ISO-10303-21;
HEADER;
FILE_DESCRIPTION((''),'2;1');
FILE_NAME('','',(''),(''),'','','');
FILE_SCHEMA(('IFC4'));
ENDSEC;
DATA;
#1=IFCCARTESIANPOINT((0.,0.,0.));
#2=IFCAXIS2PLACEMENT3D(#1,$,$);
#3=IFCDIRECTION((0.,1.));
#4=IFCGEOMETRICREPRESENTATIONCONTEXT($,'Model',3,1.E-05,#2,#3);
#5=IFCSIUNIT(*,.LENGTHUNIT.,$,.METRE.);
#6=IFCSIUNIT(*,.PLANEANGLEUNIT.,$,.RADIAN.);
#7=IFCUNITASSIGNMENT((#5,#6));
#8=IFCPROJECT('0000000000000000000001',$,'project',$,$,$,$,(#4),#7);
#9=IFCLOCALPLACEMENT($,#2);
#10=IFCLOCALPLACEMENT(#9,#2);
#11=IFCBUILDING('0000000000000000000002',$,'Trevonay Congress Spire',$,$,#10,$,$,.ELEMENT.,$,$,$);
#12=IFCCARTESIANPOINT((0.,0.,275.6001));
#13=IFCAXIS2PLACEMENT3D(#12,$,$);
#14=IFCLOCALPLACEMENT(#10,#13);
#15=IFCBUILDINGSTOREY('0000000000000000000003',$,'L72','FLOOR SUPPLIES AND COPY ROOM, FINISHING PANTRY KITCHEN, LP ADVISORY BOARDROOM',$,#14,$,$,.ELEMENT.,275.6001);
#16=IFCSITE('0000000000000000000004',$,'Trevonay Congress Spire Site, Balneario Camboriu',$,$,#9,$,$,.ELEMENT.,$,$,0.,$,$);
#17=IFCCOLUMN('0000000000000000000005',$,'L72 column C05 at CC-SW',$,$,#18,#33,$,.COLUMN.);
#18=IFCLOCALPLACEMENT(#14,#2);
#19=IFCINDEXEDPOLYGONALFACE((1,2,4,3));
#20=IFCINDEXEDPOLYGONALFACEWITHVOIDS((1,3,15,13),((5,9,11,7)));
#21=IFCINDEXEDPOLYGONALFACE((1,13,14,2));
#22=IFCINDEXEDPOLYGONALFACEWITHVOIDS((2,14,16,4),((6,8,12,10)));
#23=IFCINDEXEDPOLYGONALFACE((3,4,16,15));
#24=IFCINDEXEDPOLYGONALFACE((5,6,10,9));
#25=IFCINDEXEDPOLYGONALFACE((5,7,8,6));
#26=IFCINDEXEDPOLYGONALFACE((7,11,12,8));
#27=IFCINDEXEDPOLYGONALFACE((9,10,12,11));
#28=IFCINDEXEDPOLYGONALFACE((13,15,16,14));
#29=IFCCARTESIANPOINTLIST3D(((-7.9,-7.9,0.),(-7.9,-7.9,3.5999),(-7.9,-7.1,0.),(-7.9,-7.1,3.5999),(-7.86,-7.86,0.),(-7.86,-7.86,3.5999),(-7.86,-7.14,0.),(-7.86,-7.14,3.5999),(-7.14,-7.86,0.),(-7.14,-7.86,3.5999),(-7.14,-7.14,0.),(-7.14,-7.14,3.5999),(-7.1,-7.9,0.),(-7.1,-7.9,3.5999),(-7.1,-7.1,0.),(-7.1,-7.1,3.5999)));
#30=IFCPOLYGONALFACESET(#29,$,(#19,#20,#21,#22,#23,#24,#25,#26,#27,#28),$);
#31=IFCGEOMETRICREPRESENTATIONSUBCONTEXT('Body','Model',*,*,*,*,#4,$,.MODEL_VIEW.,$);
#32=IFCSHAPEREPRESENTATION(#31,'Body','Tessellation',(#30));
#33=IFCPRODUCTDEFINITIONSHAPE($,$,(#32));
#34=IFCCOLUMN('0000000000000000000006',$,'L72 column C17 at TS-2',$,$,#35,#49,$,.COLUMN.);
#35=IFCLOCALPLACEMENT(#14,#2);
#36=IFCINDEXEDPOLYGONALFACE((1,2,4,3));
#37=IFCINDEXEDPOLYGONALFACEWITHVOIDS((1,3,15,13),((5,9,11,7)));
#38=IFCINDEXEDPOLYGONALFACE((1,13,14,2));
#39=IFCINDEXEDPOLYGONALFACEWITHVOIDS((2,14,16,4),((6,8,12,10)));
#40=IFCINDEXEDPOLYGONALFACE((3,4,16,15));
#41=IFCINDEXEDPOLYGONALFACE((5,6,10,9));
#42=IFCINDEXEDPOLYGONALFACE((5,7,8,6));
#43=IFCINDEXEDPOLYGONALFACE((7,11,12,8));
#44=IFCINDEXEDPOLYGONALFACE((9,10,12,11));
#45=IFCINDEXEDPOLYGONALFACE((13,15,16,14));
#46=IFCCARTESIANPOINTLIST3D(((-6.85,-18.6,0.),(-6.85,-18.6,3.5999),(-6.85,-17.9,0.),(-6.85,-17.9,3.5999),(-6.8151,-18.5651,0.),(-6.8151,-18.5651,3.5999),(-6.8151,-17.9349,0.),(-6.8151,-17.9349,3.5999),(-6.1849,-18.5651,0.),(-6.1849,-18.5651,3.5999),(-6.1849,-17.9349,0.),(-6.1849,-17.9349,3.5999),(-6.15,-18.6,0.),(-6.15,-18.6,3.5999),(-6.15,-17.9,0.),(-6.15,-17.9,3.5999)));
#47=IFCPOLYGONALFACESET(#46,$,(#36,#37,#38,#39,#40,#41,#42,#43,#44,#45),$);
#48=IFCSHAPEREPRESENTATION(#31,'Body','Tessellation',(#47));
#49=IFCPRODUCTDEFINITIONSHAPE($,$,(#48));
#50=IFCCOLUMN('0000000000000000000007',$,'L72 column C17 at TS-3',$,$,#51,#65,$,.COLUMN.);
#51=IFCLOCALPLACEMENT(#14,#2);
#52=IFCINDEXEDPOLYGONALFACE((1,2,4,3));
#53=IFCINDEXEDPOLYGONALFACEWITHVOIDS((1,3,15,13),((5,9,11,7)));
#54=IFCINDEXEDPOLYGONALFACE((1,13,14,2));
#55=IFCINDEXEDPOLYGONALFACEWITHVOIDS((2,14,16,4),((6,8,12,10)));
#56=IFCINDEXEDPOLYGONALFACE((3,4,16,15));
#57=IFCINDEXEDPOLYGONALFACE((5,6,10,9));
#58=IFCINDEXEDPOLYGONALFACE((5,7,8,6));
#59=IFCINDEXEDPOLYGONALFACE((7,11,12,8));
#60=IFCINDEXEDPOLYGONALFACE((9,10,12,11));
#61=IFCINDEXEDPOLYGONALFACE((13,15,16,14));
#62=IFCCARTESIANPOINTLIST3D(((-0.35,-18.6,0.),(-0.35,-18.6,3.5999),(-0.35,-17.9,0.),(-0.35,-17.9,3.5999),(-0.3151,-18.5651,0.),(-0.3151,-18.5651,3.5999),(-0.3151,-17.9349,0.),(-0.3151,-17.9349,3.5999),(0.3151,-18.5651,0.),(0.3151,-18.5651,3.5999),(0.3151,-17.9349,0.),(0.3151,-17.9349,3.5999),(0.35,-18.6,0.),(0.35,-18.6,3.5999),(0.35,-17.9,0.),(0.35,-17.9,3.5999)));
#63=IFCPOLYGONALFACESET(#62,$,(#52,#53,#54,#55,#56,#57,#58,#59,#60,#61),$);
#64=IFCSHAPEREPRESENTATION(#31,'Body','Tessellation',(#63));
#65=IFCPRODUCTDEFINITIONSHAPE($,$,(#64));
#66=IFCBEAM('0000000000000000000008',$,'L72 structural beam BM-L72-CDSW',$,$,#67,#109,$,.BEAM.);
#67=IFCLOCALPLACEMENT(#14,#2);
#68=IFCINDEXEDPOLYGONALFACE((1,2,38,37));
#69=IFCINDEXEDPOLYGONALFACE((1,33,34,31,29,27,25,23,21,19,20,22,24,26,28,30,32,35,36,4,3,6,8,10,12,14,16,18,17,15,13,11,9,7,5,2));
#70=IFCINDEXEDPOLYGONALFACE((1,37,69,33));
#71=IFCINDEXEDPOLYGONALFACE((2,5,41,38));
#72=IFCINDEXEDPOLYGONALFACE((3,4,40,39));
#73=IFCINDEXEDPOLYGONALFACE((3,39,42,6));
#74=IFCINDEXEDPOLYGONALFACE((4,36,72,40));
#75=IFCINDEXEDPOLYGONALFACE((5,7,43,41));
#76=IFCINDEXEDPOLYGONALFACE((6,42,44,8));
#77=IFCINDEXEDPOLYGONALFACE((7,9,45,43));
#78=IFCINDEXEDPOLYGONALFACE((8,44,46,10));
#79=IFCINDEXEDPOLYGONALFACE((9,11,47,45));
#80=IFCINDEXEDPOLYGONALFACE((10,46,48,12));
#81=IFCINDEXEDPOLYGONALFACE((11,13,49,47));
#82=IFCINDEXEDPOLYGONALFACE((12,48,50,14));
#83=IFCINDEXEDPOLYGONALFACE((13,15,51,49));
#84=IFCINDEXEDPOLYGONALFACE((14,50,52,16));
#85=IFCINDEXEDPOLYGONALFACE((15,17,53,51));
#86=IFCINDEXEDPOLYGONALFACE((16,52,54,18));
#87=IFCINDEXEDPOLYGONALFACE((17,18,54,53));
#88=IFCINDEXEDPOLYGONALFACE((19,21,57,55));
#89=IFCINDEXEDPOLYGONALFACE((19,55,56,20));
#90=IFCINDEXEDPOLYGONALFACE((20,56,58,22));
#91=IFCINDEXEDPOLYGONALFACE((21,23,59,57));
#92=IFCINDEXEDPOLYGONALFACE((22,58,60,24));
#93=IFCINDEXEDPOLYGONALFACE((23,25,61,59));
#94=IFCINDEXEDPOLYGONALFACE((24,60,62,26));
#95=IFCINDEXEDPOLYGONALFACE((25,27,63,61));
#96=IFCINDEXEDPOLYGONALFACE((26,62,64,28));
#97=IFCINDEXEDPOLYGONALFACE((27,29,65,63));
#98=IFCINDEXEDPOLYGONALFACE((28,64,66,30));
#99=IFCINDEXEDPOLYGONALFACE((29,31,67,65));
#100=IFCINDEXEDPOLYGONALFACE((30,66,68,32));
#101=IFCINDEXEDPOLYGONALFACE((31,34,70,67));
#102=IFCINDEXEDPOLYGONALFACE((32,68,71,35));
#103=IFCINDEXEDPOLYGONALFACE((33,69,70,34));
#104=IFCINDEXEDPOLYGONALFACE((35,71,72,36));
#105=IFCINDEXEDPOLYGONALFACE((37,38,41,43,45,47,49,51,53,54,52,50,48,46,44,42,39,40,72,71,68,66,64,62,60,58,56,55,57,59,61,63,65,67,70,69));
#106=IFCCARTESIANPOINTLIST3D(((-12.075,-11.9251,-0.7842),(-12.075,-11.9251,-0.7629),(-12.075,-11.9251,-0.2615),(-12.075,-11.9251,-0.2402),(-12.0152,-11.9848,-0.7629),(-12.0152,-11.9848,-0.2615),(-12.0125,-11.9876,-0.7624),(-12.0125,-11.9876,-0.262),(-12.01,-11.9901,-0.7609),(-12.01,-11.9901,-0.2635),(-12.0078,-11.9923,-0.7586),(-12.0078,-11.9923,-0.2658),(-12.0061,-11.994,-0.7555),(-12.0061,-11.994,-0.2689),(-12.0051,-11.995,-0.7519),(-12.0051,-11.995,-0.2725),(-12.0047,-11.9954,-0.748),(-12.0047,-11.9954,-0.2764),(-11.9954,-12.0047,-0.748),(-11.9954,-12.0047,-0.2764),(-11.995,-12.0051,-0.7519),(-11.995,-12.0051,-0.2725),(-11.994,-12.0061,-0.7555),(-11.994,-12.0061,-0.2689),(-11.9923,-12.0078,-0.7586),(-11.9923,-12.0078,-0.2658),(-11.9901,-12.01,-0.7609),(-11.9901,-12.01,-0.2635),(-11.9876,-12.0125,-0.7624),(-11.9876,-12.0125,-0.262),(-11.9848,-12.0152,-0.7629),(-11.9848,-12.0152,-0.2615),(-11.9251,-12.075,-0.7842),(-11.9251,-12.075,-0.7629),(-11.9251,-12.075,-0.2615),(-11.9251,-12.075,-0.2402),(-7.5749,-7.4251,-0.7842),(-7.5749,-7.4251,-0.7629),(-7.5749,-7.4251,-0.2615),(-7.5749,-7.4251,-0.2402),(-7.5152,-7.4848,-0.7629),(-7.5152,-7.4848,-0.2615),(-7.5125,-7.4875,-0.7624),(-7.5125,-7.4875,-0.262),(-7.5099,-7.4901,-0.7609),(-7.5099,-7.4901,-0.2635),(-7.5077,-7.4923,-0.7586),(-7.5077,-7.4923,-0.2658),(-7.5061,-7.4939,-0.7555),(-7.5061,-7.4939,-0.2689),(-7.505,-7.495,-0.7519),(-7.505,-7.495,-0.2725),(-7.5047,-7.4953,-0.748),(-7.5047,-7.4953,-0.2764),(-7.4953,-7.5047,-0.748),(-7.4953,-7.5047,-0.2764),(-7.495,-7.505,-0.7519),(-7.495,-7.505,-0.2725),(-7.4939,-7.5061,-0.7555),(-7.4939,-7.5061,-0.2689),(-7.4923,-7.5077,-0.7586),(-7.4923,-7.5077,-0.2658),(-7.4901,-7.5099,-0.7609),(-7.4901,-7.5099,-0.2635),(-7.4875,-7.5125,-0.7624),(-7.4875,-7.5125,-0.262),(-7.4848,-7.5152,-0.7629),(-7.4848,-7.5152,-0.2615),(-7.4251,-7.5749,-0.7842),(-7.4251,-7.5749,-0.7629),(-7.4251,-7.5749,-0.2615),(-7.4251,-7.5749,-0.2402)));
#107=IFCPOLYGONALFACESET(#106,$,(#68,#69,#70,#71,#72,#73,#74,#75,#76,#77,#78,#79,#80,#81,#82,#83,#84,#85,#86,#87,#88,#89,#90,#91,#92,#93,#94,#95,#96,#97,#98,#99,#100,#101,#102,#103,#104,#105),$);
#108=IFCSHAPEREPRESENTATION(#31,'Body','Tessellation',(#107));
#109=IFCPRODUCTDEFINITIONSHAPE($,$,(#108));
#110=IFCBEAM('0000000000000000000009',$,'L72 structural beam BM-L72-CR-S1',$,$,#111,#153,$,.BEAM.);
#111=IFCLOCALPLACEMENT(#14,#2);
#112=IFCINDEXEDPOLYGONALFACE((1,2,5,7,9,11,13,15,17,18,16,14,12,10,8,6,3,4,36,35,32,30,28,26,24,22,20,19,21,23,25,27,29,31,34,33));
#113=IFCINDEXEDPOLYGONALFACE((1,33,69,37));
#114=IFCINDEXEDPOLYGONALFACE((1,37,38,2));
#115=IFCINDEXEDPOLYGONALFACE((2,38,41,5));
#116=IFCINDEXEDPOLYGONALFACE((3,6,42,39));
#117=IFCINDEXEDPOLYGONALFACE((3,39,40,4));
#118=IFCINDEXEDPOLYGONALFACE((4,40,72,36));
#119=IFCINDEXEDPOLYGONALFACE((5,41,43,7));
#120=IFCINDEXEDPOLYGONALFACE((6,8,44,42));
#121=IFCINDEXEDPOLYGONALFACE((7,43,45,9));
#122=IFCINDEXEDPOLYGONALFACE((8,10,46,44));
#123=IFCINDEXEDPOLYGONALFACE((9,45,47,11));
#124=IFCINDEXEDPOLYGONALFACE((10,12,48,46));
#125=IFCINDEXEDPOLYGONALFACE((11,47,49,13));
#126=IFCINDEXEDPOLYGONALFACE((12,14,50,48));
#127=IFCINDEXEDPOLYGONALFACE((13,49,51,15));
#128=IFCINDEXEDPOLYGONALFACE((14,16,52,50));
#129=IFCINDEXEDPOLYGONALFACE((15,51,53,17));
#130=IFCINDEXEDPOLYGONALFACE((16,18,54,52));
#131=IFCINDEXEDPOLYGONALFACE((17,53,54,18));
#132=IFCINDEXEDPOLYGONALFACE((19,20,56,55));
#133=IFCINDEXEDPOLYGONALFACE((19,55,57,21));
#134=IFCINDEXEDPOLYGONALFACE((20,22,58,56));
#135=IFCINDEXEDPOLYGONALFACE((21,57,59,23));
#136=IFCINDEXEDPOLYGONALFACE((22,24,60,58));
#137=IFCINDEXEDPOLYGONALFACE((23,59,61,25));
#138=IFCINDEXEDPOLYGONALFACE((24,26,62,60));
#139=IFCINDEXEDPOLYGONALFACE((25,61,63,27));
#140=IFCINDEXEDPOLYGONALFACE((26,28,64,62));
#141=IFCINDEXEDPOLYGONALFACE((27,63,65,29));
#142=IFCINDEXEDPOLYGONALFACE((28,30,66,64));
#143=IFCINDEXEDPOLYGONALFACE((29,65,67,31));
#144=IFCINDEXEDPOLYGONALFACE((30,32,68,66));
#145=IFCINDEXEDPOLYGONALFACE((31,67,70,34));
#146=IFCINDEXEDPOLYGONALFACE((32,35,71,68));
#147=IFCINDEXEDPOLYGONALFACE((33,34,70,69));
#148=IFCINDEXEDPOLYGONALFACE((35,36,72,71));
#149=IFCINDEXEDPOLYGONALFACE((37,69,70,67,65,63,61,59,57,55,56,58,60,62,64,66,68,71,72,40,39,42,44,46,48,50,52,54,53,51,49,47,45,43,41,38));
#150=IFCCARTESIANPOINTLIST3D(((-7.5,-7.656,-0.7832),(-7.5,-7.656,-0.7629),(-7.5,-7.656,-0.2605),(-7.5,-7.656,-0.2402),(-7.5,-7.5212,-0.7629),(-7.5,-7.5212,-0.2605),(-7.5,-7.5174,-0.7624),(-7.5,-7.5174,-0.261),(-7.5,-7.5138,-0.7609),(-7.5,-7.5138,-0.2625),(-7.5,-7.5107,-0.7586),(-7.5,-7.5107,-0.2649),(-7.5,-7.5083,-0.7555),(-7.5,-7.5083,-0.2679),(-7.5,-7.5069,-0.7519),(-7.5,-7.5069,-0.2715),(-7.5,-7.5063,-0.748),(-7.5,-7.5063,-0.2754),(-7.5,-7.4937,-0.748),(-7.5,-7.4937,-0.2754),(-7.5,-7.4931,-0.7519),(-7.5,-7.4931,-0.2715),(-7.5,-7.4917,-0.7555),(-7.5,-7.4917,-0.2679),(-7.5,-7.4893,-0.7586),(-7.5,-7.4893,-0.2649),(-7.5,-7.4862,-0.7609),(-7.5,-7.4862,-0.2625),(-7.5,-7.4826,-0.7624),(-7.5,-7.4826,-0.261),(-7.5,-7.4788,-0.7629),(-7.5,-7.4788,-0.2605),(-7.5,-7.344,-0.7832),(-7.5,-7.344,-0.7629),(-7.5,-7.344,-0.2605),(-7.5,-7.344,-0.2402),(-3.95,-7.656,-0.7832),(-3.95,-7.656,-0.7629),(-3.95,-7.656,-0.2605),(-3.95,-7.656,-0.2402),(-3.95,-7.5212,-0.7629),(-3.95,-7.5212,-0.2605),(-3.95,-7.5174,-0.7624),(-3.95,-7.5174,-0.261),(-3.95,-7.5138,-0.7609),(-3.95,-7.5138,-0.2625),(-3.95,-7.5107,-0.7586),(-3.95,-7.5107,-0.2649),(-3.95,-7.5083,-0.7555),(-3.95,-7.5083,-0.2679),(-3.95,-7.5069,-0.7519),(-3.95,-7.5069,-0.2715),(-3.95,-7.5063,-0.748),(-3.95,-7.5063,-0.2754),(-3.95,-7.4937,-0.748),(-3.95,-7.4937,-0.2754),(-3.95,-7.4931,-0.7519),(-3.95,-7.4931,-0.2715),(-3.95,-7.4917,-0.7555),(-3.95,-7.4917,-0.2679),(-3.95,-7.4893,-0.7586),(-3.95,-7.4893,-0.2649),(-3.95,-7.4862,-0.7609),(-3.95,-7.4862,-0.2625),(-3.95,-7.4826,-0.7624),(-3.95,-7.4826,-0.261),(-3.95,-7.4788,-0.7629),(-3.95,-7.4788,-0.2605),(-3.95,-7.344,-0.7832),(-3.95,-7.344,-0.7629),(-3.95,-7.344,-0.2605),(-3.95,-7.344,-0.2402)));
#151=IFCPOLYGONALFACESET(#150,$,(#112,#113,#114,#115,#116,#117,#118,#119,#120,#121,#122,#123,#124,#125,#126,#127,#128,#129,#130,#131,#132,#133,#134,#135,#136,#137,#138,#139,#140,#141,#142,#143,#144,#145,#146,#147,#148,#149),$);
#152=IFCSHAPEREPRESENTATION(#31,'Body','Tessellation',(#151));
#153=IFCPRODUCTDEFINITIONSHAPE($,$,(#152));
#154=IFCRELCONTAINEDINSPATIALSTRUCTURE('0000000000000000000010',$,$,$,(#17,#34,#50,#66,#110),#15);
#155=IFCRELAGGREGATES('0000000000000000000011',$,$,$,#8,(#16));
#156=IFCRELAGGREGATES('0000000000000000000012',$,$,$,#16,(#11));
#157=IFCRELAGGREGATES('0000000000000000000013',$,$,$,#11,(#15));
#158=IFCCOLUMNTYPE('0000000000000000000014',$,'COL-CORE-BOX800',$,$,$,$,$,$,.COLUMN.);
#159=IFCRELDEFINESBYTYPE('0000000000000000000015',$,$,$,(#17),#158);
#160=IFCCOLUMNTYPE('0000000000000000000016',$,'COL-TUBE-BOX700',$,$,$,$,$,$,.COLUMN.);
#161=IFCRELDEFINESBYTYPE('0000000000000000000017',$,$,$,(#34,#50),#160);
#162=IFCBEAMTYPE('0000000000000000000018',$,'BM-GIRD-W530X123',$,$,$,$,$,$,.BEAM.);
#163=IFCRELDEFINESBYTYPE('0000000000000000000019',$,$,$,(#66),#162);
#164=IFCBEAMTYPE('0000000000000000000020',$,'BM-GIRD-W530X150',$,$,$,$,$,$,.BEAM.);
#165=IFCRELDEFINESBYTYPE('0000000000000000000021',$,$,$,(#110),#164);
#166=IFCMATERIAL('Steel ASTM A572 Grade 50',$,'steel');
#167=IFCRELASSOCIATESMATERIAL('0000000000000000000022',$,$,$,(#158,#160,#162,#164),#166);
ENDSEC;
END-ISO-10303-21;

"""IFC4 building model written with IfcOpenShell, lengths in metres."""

from ifc_helpers import new_model, si_unit, direction, frame, origin, origin_2d, place, context, subcontext, project, spatial, hollow_rectangle, i_section, extrude, material, material_profile, profile_set, type_object, element, save


model = new_model("IFC4")

# Units and contexts
model_context = context("Model", 3, precision=1e-05, world=origin(), true_north=direction((0.0, 1.0)))
body_context = subcontext(model_context, "Body", "Model", "MODEL_VIEW")
ifc_project = project(units=[si_unit("LENGTHUNIT", "METRE"), si_unit("PLANEANGLEUNIT", "RADIAN")], contexts=[model_context])

# Site, building, storey
site_placement = place(None, origin())
site = spatial("IfcSite", under=ifc_project, at=site_placement, Name="Trevonay Congress Spire Site, Balneario Camboriu", CompositionType="ELEMENT", RefElevation=0.0)
building_placement = place(site_placement, origin())
building = spatial("IfcBuilding", under=site, at=building_placement, Name="Trevonay Congress Spire", CompositionType="ELEMENT")
storey_placement = place(building_placement, frame((0.0, 0.0, 275.6001)))
storey = spatial("IfcBuildingStorey", under=building, at=storey_placement, Name="L72", Description="FLOOR SUPPLIES AND COPY ROOM, FINISHING PANTRY KITCHEN, LP ADVISORY BOARDROOM", CompositionType="ELEMENT", Elevation=275.6001)

# Columns
ifc_material_1 = material(Name="Steel ASTM A572 Grade 50", Category="steel")
ifc_material_profile_1 = material_profile(ifc_material_1, hollow_rectangle(XDim=0.8, YDim=0.8, WallThickness=0.04, at=origin_2d()), Name="BOX 800x800x40")
ifc_profile_set_1 = profile_set([ifc_material_profile_1], Name="Steel ASTM A572 Grade 50")
column_type_1 = type_object("IfcColumnType", Name="COL-CORE-BOX800", PredefinedType="COLUMN", material=ifc_profile_set_1)
column_placement = place(storey_placement, frame((-7.5, -7.5, 0.0), z_axis=(0.0, 0.0, 1.0), x_axis=(1.0, 0.0, 0.0)))
element("IfcColumn", 1, at=column_placement, inside=storey, type_object=column_type_1, Name="L72 column C05 at CC-SW", PredefinedType="COLUMN", context=body_context, shape_type="SweptSolid", body=[
    extrude(hollow_rectangle(XDim=0.8, YDim=0.8, WallThickness=0.04, at=origin_2d()), origin(), (0.0, 0.0, 1.0), 3.5999),
])
ifc_material_profile_2 = material_profile(ifc_material_1, hollow_rectangle(XDim=0.7, YDim=0.7, WallThickness=0.0349, at=origin_2d()), Name="BOX 700x700x35")
ifc_profile_set_2 = profile_set([ifc_material_profile_2], Name="Steel ASTM A572 Grade 50")
column_type_2 = type_object("IfcColumnType", Name="COL-TUBE-BOX700", PredefinedType="COLUMN", material=ifc_profile_set_2)
for number, where, z_axis, x_axis, name in (
    (2, (-6.5, -18.25, 0.0), (0.0, 0.0, 1.0), (1.0, 0.0, 0.0), "L72 column C17 at TS-2"),
    (3, (0.0, -18.25, 0.0), (0.0, 0.0, 1.0), (1.0, 0.0, 0.0), "L72 column C17 at TS-3"),
):
    element("IfcColumn", number, at=place(storey_placement, frame(where, z_axis=z_axis, x_axis=x_axis)), inside=storey, type_object=column_type_2, Name=name, PredefinedType="COLUMN", context=body_context, shape_type="SweptSolid", body=[
        extrude(hollow_rectangle(XDim=0.7, YDim=0.7, WallThickness=0.0349, at=origin_2d()), origin(), (0.0, 0.0, 1.0), 3.5999),
    ])

# Beams
ifc_material_profile_3 = material_profile(ifc_material_1, i_section(OverallWidth=0.2119, OverallDepth=0.5439, WebThickness=0.0132, FlangeThickness=0.0212, FilletRadius=0.0149, at=origin_2d()), Name="W530x123")
ifc_profile_set_3 = profile_set([ifc_material_profile_3], Name="Steel ASTM A572 Grade 50")
beam_type_1 = type_object("IfcBeamType", Name="BM-GIRD-W530X123", PredefinedType="BEAM", material=ifc_profile_set_3)
beam_1_placement = place(storey_placement, frame((-7.5, -7.5, -0.5122), z_axis=(-0.707107, -0.707107, 0.0), x_axis=(0.707107, -0.707107, 0.0)))
element("IfcBeam", 4, at=beam_1_placement, inside=storey, type_object=beam_type_1, Name="L72 structural beam BM-L72-CDSW", PredefinedType="BEAM", context=body_context, shape_type="SweptSolid", body=[
    extrude(i_section(OverallWidth=0.2119, OverallDepth=0.5439, WebThickness=0.0132, FlangeThickness=0.0212, FilletRadius=0.0149, at=origin_2d()), origin(), (0.0, 0.0, 1.0), 6.364),
])
ifc_material_profile_4 = material_profile(ifc_material_1, i_section(OverallWidth=0.312, OverallDepth=0.543, WebThickness=0.0127, FlangeThickness=0.0203, FilletRadius=0.0149, at=origin_2d()), Name="W530x150")
ifc_profile_set_4 = profile_set([ifc_material_profile_4], Name="Steel ASTM A572 Grade 50")
beam_type_2 = type_object("IfcBeamType", Name="BM-GIRD-W530X150", PredefinedType="BEAM", material=ifc_profile_set_4)
beam_2_placement = place(storey_placement, frame((-7.5, -7.5, -0.5117), z_axis=(1.0, 0.0, 0.0), x_axis=(0.0, 1.0, 0.0)))
element("IfcBeam", 5, at=beam_2_placement, inside=storey, type_object=beam_type_2, Name="L72 structural beam BM-L72-CR-S1", PredefinedType="BEAM", context=body_context, shape_type="SweptSolid", body=[
    extrude(i_section(OverallWidth=0.312, OverallDepth=0.543, WebThickness=0.0127, FlangeThickness=0.0203, FilletRadius=0.0149, at=origin_2d()), origin(), (0.0, 0.0, 1.0), 3.55),
])

save(model, "model.ifc")
